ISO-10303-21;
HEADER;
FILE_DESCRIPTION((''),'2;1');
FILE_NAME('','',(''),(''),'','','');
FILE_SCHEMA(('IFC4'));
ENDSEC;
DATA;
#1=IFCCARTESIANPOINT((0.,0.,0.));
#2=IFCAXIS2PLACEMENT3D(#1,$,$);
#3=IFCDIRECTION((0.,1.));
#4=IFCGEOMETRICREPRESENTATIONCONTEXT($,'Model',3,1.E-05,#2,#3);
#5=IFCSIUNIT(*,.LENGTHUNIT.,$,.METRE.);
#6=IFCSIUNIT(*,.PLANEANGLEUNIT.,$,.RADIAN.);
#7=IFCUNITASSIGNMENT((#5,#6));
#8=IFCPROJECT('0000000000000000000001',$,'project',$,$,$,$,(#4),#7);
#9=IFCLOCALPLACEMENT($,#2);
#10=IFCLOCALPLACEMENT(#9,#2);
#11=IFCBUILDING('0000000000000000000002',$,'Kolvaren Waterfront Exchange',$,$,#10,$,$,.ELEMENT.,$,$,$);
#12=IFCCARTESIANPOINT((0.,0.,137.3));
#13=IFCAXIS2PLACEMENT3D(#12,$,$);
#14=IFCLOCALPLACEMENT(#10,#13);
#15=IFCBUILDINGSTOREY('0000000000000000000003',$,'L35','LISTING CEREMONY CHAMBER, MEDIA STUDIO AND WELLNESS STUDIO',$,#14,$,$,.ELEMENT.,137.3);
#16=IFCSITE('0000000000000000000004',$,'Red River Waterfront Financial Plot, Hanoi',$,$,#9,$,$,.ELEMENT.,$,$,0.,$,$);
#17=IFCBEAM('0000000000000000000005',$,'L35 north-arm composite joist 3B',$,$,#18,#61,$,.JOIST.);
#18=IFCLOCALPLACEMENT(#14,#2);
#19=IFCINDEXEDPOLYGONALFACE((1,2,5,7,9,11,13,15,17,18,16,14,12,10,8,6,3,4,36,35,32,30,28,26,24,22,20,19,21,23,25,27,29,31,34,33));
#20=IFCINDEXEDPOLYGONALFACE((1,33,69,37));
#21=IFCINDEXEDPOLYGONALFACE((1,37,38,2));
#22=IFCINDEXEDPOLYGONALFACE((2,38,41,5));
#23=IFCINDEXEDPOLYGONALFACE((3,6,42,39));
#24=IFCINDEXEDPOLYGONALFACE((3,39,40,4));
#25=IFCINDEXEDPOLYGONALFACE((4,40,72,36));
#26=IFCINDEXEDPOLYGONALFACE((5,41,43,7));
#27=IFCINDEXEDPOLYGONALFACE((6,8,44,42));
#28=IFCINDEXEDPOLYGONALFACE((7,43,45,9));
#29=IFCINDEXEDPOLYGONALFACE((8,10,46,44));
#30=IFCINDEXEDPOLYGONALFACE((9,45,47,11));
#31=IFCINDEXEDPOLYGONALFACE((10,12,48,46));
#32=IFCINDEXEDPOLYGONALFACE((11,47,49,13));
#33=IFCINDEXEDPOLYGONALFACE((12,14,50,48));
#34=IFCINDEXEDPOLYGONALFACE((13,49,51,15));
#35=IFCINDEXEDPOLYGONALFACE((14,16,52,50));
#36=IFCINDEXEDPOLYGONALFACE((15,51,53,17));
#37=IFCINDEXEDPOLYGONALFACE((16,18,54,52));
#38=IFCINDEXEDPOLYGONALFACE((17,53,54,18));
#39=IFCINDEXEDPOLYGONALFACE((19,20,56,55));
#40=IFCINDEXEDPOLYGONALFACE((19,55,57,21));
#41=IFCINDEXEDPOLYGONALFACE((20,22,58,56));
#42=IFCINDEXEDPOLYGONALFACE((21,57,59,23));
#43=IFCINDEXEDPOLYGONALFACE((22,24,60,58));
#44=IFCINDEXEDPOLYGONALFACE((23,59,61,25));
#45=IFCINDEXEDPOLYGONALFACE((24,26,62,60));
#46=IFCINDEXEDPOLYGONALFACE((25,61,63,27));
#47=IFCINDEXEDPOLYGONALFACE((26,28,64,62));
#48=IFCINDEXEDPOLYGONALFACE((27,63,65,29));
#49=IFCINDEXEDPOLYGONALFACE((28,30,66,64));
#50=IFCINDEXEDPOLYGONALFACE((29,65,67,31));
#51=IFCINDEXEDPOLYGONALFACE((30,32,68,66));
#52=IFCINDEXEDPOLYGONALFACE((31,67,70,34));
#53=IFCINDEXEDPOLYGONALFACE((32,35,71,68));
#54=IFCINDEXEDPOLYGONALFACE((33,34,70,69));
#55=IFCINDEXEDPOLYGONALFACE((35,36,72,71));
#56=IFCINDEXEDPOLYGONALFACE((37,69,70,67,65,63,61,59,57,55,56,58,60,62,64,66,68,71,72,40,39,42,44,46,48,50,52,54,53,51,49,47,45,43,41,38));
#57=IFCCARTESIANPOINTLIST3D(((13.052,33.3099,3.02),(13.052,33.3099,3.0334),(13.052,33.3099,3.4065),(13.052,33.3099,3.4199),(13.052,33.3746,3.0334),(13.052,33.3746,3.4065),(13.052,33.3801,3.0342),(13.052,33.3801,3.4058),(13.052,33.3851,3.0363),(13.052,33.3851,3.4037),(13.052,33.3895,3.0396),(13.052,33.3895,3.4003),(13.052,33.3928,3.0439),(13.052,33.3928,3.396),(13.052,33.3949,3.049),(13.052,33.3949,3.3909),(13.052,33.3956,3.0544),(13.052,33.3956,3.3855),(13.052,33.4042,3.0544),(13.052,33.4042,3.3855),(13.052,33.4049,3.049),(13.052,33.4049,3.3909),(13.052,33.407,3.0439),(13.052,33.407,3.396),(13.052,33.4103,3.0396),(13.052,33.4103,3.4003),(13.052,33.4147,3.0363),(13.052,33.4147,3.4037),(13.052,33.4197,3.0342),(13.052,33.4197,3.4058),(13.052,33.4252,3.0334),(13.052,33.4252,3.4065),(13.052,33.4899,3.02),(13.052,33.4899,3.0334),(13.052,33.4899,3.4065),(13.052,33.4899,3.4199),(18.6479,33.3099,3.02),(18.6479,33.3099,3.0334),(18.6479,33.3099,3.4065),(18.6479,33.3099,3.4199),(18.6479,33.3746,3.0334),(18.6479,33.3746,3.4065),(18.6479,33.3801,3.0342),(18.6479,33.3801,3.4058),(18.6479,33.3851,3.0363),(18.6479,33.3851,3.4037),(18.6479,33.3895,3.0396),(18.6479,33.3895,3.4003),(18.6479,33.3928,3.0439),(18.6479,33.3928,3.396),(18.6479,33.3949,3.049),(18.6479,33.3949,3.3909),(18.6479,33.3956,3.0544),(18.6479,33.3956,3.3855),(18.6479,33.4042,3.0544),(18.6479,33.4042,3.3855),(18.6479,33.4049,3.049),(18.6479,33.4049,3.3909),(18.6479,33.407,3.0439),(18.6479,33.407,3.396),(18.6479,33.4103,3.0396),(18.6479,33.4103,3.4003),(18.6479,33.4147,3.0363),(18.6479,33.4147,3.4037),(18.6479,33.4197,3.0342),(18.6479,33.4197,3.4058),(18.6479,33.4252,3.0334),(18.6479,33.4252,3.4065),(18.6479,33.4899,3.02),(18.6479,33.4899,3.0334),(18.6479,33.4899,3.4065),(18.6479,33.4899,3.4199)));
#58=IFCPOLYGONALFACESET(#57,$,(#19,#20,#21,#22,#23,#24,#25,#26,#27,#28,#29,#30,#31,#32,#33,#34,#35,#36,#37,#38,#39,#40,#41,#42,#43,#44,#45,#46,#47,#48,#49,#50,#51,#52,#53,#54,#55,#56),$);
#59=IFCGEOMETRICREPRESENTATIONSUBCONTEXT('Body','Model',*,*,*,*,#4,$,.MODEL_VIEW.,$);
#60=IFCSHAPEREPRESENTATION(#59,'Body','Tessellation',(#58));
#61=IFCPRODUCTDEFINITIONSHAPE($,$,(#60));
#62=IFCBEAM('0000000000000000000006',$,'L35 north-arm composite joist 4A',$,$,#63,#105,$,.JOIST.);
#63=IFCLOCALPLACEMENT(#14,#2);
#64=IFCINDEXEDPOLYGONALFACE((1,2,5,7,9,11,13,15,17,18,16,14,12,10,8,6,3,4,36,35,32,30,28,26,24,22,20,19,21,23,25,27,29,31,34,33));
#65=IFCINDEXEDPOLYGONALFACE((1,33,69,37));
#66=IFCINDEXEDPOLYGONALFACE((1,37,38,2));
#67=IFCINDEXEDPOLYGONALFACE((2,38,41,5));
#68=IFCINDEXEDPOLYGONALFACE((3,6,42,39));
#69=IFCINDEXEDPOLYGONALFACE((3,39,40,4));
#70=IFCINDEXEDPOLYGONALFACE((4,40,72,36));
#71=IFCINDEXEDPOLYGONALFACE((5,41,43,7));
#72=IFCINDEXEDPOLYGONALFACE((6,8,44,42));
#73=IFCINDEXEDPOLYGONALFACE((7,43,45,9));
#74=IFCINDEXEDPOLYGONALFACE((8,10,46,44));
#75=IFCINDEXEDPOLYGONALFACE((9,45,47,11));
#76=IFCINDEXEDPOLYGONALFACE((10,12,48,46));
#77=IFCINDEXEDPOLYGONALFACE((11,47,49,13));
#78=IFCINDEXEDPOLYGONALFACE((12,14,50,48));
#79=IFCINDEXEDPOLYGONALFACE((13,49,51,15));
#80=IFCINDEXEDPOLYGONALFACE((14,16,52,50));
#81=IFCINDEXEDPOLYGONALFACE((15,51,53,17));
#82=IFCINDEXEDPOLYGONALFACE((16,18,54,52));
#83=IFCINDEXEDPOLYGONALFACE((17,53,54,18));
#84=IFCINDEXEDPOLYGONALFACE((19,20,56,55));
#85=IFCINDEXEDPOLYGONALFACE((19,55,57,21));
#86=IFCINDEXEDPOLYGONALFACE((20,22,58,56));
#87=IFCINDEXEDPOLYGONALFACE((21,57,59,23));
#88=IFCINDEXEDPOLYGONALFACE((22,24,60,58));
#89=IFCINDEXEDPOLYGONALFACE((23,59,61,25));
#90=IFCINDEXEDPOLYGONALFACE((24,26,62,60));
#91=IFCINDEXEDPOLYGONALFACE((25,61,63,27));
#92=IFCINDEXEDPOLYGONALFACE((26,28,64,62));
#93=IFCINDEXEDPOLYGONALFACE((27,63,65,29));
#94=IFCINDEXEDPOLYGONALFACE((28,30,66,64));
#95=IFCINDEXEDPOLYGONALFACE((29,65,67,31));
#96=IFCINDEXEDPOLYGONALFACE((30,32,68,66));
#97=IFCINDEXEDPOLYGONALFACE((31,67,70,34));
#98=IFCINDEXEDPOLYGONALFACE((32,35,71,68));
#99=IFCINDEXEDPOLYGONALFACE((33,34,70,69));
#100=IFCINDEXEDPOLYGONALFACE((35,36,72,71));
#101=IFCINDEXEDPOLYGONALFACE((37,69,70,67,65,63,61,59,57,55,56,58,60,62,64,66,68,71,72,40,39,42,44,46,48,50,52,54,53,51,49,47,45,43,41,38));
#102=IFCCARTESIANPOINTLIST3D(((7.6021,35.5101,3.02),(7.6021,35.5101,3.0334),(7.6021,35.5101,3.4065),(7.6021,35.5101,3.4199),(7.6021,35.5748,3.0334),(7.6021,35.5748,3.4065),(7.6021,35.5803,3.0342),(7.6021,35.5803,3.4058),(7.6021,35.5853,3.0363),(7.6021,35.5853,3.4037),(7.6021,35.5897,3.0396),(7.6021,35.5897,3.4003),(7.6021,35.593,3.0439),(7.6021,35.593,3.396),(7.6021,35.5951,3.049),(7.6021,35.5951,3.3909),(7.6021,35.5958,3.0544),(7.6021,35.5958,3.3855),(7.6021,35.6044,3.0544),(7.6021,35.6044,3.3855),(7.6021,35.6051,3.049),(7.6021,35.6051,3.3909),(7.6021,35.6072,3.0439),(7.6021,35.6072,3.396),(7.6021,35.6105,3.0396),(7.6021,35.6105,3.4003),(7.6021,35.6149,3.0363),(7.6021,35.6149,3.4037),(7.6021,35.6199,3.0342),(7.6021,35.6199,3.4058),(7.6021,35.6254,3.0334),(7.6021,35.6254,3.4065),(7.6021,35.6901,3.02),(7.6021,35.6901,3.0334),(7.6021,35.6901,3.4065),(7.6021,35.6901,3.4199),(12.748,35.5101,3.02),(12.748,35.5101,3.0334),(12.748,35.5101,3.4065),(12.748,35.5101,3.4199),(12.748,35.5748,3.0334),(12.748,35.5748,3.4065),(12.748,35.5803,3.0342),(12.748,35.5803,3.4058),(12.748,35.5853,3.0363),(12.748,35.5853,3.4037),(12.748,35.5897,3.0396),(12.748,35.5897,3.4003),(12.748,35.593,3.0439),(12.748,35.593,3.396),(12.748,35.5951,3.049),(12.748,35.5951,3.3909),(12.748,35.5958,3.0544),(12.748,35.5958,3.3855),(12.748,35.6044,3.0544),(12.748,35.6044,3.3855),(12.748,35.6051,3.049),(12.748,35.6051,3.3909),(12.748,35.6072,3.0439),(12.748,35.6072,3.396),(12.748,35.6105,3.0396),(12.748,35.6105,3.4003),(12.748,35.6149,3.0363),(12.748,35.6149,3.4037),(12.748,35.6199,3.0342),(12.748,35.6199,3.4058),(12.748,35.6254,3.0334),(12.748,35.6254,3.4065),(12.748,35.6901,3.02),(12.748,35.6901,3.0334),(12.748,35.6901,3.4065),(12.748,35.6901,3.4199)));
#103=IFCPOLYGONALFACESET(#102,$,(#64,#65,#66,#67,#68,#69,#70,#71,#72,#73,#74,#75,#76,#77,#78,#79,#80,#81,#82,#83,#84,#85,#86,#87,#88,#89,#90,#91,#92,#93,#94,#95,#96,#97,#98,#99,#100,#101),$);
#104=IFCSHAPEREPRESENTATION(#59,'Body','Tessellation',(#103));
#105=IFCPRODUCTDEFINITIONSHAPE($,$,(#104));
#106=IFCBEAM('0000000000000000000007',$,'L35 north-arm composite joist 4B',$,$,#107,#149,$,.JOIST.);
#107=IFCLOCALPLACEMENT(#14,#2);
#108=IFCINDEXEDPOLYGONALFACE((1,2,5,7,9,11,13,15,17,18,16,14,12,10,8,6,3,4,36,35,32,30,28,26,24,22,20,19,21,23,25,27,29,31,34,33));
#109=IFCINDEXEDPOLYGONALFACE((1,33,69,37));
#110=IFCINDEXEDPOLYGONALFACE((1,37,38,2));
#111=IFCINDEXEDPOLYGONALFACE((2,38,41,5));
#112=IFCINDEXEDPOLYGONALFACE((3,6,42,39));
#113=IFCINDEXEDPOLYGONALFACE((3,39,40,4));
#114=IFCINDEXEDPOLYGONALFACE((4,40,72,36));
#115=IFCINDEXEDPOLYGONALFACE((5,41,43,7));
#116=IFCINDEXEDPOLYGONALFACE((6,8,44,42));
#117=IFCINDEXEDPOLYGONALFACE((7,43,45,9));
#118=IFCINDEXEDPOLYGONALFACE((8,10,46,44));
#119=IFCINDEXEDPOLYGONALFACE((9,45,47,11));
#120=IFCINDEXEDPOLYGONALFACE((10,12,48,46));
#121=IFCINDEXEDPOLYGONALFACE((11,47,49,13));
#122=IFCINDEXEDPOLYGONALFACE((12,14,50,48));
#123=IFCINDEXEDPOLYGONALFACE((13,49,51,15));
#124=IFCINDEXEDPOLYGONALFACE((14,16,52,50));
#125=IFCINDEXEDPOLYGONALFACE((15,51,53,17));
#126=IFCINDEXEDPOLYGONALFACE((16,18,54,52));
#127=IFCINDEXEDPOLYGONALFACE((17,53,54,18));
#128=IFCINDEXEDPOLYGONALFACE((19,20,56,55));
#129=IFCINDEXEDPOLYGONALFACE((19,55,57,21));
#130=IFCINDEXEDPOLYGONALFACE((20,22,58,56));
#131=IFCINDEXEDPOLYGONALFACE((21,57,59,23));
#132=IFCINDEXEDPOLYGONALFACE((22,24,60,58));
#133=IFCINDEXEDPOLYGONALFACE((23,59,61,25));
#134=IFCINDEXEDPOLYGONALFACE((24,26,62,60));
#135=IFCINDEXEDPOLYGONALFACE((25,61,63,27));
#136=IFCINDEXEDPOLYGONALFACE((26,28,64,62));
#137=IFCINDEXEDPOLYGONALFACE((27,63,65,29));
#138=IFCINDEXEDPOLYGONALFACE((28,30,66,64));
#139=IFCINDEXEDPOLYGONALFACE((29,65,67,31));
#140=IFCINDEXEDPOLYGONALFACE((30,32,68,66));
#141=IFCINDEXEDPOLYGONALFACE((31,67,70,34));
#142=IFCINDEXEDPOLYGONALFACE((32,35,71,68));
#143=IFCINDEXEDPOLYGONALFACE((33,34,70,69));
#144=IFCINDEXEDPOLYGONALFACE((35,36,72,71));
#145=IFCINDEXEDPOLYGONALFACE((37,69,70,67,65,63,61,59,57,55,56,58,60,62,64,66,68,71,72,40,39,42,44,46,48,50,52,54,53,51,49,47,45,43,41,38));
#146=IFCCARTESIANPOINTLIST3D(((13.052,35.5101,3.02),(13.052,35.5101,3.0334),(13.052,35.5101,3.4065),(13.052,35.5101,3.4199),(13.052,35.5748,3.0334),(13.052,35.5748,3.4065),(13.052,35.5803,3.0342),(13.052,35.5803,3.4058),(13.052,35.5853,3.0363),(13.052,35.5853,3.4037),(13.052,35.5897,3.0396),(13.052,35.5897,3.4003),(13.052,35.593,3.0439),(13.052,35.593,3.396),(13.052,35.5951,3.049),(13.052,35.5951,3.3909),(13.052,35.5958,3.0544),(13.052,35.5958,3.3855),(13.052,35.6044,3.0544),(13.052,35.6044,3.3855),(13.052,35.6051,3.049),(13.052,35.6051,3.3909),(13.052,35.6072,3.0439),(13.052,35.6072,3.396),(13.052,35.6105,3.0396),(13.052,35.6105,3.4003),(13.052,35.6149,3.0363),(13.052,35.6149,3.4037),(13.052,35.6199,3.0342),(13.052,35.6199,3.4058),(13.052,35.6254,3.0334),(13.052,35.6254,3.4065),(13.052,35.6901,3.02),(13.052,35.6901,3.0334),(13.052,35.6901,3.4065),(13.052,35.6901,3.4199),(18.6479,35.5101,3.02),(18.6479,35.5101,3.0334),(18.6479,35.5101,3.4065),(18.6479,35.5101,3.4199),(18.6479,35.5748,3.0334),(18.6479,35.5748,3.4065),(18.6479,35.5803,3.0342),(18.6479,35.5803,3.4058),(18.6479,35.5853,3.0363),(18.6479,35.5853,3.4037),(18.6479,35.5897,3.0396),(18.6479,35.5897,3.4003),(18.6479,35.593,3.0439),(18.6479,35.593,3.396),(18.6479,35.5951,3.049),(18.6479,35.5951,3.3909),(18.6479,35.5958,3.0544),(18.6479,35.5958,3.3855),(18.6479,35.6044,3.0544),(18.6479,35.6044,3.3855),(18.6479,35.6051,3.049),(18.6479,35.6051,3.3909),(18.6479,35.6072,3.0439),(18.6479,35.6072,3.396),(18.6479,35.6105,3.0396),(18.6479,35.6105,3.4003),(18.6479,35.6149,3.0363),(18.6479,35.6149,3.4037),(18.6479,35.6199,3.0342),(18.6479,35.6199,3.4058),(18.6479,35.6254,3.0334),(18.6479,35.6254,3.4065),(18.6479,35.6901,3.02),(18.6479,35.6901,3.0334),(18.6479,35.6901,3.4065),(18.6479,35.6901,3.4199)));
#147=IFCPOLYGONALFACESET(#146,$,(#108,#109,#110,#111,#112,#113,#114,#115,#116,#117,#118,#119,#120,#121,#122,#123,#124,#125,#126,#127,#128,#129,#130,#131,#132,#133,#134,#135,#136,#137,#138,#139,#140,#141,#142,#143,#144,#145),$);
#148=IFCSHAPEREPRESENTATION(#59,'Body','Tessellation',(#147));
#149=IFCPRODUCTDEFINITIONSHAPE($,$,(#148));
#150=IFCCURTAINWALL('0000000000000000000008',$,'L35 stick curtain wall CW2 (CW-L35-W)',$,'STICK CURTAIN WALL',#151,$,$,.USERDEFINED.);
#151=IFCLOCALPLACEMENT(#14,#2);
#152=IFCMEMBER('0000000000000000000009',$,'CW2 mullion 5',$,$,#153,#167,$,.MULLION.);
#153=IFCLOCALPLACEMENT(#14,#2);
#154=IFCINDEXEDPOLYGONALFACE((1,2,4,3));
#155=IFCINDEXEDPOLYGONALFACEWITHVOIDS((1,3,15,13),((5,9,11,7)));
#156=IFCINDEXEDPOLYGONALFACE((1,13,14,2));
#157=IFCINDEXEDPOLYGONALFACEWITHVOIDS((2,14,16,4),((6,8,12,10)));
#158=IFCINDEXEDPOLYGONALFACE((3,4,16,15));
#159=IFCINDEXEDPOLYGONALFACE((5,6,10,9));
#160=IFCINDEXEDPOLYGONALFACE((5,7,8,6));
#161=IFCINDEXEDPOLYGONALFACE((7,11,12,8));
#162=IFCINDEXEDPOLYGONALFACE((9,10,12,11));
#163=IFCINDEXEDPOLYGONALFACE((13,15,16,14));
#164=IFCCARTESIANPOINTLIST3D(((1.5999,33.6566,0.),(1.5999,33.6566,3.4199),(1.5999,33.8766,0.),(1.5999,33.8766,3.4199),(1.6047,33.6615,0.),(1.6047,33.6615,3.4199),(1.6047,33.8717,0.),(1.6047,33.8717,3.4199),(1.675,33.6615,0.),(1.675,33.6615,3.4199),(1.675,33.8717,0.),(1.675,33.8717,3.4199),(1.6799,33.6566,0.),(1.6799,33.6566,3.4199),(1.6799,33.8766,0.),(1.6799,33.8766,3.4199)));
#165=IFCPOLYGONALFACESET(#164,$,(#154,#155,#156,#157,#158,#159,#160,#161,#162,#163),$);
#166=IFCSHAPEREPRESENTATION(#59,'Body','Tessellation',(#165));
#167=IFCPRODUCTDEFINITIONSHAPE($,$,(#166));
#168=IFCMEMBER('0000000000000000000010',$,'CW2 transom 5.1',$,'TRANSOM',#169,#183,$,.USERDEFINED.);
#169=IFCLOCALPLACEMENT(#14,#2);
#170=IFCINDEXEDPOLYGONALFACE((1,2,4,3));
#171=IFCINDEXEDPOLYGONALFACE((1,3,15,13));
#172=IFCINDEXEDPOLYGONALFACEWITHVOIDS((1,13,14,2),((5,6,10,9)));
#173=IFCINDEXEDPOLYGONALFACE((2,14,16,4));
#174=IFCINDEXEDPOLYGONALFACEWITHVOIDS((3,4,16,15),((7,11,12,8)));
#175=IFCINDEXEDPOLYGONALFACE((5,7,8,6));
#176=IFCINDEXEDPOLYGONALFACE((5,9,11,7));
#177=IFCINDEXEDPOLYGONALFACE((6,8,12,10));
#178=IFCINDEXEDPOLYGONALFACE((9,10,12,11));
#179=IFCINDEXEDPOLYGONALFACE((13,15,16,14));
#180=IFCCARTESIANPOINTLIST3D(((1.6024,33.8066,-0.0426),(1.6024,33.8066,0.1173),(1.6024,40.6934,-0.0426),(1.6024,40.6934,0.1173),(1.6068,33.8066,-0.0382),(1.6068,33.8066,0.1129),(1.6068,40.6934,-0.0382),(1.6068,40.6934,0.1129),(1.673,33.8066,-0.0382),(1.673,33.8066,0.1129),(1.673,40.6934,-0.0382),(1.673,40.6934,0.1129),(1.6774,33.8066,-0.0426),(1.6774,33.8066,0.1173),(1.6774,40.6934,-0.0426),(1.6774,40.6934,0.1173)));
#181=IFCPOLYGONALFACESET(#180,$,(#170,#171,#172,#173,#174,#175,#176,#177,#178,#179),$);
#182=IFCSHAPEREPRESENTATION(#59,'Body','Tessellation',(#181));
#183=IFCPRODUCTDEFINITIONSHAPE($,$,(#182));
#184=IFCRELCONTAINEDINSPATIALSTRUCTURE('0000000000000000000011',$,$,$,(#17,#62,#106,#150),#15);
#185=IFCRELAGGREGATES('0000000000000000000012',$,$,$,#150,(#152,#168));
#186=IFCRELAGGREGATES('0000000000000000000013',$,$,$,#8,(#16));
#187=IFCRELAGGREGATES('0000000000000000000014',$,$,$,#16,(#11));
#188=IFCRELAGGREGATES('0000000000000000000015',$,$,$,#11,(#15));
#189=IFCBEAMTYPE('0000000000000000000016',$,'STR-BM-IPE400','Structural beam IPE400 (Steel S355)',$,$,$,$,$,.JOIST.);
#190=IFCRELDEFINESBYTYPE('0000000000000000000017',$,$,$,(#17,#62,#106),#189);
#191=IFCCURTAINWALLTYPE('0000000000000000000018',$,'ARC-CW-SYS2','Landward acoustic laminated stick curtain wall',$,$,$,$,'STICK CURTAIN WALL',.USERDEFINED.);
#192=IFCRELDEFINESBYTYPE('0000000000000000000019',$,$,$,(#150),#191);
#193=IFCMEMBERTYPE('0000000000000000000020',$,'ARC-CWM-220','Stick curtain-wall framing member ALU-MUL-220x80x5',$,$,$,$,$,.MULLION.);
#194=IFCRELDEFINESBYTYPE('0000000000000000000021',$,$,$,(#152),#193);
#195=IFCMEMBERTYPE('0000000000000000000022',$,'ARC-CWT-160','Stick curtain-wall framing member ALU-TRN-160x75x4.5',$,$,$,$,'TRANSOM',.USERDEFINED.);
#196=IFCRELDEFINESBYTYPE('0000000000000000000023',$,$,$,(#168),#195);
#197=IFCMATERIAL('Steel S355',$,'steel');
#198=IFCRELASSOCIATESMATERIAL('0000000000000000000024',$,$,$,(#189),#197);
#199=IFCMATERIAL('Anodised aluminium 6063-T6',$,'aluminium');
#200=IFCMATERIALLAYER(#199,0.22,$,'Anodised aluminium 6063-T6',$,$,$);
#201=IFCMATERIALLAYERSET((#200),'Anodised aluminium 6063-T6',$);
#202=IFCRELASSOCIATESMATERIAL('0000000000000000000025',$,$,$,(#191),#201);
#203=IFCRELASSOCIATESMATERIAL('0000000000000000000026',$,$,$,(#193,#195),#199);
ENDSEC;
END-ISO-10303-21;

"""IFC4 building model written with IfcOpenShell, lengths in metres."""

from ifc_helpers import new_model, si_unit, direction, frame, origin, origin_with_axes, origin_2d, place, context, subcontext, project, spatial, hollow_rectangle, i_section, extrude, source, transform, mapped, material, layer, layer_set, material_profile, profile_set, type_object, element, aggregate, save


model = new_model("IFC4")

# Units and contexts
model_context = context("Model", 3, precision=1e-05, world=origin(), true_north=direction((0.0, 1.0)))
body_context = subcontext(model_context, "Body", "Model", "MODEL_VIEW")
ifc_project = project(units=[si_unit("LENGTHUNIT", "METRE"), si_unit("PLANEANGLEUNIT", "RADIAN")], contexts=[model_context])

# Site, building, storey
site_placement = place(None, origin())
site = spatial("IfcSite", under=ifc_project, at=site_placement, Name="Red River Waterfront Financial Plot, Hanoi", CompositionType="ELEMENT", RefElevation=0.0)
building_placement = place(site_placement, origin())
building = spatial("IfcBuilding", under=site, at=building_placement, Name="Kolvaren Waterfront Exchange", CompositionType="ELEMENT")
storey_placement = place(building_placement, frame((0.0, 0.0, 137.3)))
storey = spatial("IfcBuildingStorey", under=building, at=storey_placement, Name="L35", Description="LISTING CEREMONY CHAMBER, MEDIA STUDIO AND WELLNESS STUDIO", CompositionType="ELEMENT", Elevation=137.3)

# Beams
ifc_material_1 = material(Name="Steel S355", Category="steel")
ifc_material_profile_1 = material_profile(ifc_material_1, i_section(OverallWidth=0.1799, OverallDepth=0.3999, WebThickness=0.0085, FlangeThickness=0.0134, FilletRadius=0.021, at=origin_2d()), Name="IPE400")
ifc_profile_set_1 = profile_set([ifc_material_profile_1], Name="Steel S355")
beam_type_1 = type_object("IfcBeamType", Name="STR-BM-IPE400", Description="Structural beam IPE400 (Steel S355)", PredefinedType="JOIST", material=ifc_profile_set_1)
beam_1_placement = place(storey_placement, frame((13.052, 33.3999, 3.22), z_axis=(1.0, 0.0, 0.0), x_axis=(0.0, 1.0, 0.0)))
element("IfcBeam", 1, at=beam_1_placement, inside=storey, type_object=beam_type_1, Name="L35 north-arm composite joist 3B", PredefinedType="JOIST", context=body_context, shape_type="SweptSolid", body=[
    extrude(i_section(OverallWidth=0.1799, OverallDepth=0.3999, WebThickness=0.0085, FlangeThickness=0.0134, FilletRadius=0.021, at=origin_2d()), origin(), (0.0, 0.0, 1.0), 5.5959),
])
beam_2_placement = place(storey_placement, frame((7.6021, 35.6001, 3.22), z_axis=(1.0, 0.0, 0.0), x_axis=(0.0, 1.0, 0.0)))
element("IfcBeam", 2, at=beam_2_placement, inside=storey, type_object=beam_type_1, Name="L35 north-arm composite joist 4A", PredefinedType="JOIST", context=body_context, shape_type="SweptSolid", body=[
    extrude(i_section(OverallWidth=0.1799, OverallDepth=0.3999, WebThickness=0.0085, FlangeThickness=0.0134, FilletRadius=0.021, at=origin_2d()), origin(), (0.0, 0.0, 1.0), 5.146),
])
beam_3_placement = place(storey_placement, frame((13.052, 35.6001, 3.22), z_axis=(1.0, 0.0, 0.0), x_axis=(0.0, 1.0, 0.0)))
element("IfcBeam", 3, at=beam_3_placement, inside=storey, type_object=beam_type_1, Name="L35 north-arm composite joist 4B", PredefinedType="JOIST", context=body_context, shape_type="SweptSolid", body=[
    extrude(i_section(OverallWidth=0.1799, OverallDepth=0.3999, WebThickness=0.0085, FlangeThickness=0.0134, FilletRadius=0.021, at=origin_2d()), origin(), (0.0, 0.0, 1.0), 5.5959),
])

# Curtain wall, members
ifc_material_2 = material(Name="Anodised aluminium 6063-T6", Category="aluminium")
ifc_layer_1 = layer(ifc_material_2, 0.22, Name="Anodised aluminium 6063-T6")
ifc_layer_set_1 = layer_set([ifc_layer_1], Name="Anodised aluminium 6063-T6")
curtain_wall_type = type_object("IfcCurtainWallType", Name="ARC-CW-SYS2", Description="Landward acoustic laminated stick curtain wall", ElementType="STICK CURTAIN WALL", PredefinedType="USERDEFINED", material=ifc_layer_set_1)
curtain_wall_placement = place(storey_placement, origin())
curtain_wall = element("IfcCurtainWall", 4, at=curtain_wall_placement, inside=storey, type_object=curtain_wall_type, Name="L35 stick curtain wall CW2 (CW-L35-W)", ObjectType="STICK CURTAIN WALL", PredefinedType="USERDEFINED")
ifc_material_profile_2 = material_profile(ifc_material_2, hollow_rectangle(XDim=0.0801, YDim=0.22, WallThickness=0.0049, at=origin_2d()), Name="ALU-MUL-220x80x5")
ifc_profile_set_2 = profile_set([ifc_material_profile_2], Name="Anodised aluminium 6063-T6")
member_type_1 = type_object("IfcMemberType", Name="ARC-CWM-220", Description="Stick curtain-wall framing member ALU-MUL-220x80x5", PredefinedType="MULLION", material=ifc_profile_set_2)
shared_shape_1 = source(origin_with_axes(), body_context, "Body", "SweptSolid", [
    extrude(hollow_rectangle(XDim=0.0801, YDim=0.22, WallThickness=0.0049, at=origin_2d()), origin(), (0.0, 0.0, 1.0), 3.4199),
])
member_1_placement = place(storey_placement, frame((1.6399, 33.7666, 0.0), z_axis=(0.0, 0.0, 1.0), x_axis=(-1.0, 0.0, 0.0)))
member_1 = element("IfcMember", 5, at=member_1_placement, type_object=member_type_1, Name="CW2 mullion 5", PredefinedType="MULLION", context=body_context, shape_type="MappedRepresentation", body=[
    mapped(shared_shape_1, transform((0.0, 0.0, 0.0), x_axis=(1.0, 0.0, 0.0), y_axis=(0.0, 1.0, 0.0), z_axis=(0.0, 0.0, 1.0), scale=1.0)),
])
ifc_material_profile_3 = material_profile(ifc_material_2, hollow_rectangle(XDim=0.075, YDim=0.1599, WallThickness=0.0044, at=origin_2d()), Name="ALU-TRN-160x75x4.5")
ifc_profile_set_3 = profile_set([ifc_material_profile_3], Name="Anodised aluminium 6063-T6")
member_type_2 = type_object("IfcMemberType", Name="ARC-CWT-160", Description="Stick curtain-wall framing member ALU-TRN-160x75x4.5", ElementType="TRANSOM", PredefinedType="USERDEFINED", material=ifc_profile_set_3)
shared_shape_2 = source(origin_with_axes(), body_context, "Body", "SweptSolid", [
    extrude(hollow_rectangle(XDim=0.075, YDim=0.1599, WallThickness=0.0044, at=origin_2d()), origin(), (0.0, 0.0, 1.0), 6.8867),
])
member_2_placement = place(storey_placement, frame((1.6399, 33.8066, 0.0374), z_axis=(0.0, 1.0, 0.0), x_axis=(-1.0, 0.0, 0.0)))
member_2 = element("IfcMember", 6, at=member_2_placement, type_object=member_type_2, Name="CW2 transom 5.1", ObjectType="TRANSOM", PredefinedType="USERDEFINED", context=body_context, shape_type="MappedRepresentation", body=[
    mapped(shared_shape_2, transform((0.0, 0.0, 0.0), x_axis=(1.0, 0.0, 0.0), y_axis=(0.0, 1.0, 0.0), z_axis=(0.0, 0.0, 1.0), scale=1.0)),
])
aggregate(curtain_wall, [member_1, member_2])

save(model, "model.ifc")
